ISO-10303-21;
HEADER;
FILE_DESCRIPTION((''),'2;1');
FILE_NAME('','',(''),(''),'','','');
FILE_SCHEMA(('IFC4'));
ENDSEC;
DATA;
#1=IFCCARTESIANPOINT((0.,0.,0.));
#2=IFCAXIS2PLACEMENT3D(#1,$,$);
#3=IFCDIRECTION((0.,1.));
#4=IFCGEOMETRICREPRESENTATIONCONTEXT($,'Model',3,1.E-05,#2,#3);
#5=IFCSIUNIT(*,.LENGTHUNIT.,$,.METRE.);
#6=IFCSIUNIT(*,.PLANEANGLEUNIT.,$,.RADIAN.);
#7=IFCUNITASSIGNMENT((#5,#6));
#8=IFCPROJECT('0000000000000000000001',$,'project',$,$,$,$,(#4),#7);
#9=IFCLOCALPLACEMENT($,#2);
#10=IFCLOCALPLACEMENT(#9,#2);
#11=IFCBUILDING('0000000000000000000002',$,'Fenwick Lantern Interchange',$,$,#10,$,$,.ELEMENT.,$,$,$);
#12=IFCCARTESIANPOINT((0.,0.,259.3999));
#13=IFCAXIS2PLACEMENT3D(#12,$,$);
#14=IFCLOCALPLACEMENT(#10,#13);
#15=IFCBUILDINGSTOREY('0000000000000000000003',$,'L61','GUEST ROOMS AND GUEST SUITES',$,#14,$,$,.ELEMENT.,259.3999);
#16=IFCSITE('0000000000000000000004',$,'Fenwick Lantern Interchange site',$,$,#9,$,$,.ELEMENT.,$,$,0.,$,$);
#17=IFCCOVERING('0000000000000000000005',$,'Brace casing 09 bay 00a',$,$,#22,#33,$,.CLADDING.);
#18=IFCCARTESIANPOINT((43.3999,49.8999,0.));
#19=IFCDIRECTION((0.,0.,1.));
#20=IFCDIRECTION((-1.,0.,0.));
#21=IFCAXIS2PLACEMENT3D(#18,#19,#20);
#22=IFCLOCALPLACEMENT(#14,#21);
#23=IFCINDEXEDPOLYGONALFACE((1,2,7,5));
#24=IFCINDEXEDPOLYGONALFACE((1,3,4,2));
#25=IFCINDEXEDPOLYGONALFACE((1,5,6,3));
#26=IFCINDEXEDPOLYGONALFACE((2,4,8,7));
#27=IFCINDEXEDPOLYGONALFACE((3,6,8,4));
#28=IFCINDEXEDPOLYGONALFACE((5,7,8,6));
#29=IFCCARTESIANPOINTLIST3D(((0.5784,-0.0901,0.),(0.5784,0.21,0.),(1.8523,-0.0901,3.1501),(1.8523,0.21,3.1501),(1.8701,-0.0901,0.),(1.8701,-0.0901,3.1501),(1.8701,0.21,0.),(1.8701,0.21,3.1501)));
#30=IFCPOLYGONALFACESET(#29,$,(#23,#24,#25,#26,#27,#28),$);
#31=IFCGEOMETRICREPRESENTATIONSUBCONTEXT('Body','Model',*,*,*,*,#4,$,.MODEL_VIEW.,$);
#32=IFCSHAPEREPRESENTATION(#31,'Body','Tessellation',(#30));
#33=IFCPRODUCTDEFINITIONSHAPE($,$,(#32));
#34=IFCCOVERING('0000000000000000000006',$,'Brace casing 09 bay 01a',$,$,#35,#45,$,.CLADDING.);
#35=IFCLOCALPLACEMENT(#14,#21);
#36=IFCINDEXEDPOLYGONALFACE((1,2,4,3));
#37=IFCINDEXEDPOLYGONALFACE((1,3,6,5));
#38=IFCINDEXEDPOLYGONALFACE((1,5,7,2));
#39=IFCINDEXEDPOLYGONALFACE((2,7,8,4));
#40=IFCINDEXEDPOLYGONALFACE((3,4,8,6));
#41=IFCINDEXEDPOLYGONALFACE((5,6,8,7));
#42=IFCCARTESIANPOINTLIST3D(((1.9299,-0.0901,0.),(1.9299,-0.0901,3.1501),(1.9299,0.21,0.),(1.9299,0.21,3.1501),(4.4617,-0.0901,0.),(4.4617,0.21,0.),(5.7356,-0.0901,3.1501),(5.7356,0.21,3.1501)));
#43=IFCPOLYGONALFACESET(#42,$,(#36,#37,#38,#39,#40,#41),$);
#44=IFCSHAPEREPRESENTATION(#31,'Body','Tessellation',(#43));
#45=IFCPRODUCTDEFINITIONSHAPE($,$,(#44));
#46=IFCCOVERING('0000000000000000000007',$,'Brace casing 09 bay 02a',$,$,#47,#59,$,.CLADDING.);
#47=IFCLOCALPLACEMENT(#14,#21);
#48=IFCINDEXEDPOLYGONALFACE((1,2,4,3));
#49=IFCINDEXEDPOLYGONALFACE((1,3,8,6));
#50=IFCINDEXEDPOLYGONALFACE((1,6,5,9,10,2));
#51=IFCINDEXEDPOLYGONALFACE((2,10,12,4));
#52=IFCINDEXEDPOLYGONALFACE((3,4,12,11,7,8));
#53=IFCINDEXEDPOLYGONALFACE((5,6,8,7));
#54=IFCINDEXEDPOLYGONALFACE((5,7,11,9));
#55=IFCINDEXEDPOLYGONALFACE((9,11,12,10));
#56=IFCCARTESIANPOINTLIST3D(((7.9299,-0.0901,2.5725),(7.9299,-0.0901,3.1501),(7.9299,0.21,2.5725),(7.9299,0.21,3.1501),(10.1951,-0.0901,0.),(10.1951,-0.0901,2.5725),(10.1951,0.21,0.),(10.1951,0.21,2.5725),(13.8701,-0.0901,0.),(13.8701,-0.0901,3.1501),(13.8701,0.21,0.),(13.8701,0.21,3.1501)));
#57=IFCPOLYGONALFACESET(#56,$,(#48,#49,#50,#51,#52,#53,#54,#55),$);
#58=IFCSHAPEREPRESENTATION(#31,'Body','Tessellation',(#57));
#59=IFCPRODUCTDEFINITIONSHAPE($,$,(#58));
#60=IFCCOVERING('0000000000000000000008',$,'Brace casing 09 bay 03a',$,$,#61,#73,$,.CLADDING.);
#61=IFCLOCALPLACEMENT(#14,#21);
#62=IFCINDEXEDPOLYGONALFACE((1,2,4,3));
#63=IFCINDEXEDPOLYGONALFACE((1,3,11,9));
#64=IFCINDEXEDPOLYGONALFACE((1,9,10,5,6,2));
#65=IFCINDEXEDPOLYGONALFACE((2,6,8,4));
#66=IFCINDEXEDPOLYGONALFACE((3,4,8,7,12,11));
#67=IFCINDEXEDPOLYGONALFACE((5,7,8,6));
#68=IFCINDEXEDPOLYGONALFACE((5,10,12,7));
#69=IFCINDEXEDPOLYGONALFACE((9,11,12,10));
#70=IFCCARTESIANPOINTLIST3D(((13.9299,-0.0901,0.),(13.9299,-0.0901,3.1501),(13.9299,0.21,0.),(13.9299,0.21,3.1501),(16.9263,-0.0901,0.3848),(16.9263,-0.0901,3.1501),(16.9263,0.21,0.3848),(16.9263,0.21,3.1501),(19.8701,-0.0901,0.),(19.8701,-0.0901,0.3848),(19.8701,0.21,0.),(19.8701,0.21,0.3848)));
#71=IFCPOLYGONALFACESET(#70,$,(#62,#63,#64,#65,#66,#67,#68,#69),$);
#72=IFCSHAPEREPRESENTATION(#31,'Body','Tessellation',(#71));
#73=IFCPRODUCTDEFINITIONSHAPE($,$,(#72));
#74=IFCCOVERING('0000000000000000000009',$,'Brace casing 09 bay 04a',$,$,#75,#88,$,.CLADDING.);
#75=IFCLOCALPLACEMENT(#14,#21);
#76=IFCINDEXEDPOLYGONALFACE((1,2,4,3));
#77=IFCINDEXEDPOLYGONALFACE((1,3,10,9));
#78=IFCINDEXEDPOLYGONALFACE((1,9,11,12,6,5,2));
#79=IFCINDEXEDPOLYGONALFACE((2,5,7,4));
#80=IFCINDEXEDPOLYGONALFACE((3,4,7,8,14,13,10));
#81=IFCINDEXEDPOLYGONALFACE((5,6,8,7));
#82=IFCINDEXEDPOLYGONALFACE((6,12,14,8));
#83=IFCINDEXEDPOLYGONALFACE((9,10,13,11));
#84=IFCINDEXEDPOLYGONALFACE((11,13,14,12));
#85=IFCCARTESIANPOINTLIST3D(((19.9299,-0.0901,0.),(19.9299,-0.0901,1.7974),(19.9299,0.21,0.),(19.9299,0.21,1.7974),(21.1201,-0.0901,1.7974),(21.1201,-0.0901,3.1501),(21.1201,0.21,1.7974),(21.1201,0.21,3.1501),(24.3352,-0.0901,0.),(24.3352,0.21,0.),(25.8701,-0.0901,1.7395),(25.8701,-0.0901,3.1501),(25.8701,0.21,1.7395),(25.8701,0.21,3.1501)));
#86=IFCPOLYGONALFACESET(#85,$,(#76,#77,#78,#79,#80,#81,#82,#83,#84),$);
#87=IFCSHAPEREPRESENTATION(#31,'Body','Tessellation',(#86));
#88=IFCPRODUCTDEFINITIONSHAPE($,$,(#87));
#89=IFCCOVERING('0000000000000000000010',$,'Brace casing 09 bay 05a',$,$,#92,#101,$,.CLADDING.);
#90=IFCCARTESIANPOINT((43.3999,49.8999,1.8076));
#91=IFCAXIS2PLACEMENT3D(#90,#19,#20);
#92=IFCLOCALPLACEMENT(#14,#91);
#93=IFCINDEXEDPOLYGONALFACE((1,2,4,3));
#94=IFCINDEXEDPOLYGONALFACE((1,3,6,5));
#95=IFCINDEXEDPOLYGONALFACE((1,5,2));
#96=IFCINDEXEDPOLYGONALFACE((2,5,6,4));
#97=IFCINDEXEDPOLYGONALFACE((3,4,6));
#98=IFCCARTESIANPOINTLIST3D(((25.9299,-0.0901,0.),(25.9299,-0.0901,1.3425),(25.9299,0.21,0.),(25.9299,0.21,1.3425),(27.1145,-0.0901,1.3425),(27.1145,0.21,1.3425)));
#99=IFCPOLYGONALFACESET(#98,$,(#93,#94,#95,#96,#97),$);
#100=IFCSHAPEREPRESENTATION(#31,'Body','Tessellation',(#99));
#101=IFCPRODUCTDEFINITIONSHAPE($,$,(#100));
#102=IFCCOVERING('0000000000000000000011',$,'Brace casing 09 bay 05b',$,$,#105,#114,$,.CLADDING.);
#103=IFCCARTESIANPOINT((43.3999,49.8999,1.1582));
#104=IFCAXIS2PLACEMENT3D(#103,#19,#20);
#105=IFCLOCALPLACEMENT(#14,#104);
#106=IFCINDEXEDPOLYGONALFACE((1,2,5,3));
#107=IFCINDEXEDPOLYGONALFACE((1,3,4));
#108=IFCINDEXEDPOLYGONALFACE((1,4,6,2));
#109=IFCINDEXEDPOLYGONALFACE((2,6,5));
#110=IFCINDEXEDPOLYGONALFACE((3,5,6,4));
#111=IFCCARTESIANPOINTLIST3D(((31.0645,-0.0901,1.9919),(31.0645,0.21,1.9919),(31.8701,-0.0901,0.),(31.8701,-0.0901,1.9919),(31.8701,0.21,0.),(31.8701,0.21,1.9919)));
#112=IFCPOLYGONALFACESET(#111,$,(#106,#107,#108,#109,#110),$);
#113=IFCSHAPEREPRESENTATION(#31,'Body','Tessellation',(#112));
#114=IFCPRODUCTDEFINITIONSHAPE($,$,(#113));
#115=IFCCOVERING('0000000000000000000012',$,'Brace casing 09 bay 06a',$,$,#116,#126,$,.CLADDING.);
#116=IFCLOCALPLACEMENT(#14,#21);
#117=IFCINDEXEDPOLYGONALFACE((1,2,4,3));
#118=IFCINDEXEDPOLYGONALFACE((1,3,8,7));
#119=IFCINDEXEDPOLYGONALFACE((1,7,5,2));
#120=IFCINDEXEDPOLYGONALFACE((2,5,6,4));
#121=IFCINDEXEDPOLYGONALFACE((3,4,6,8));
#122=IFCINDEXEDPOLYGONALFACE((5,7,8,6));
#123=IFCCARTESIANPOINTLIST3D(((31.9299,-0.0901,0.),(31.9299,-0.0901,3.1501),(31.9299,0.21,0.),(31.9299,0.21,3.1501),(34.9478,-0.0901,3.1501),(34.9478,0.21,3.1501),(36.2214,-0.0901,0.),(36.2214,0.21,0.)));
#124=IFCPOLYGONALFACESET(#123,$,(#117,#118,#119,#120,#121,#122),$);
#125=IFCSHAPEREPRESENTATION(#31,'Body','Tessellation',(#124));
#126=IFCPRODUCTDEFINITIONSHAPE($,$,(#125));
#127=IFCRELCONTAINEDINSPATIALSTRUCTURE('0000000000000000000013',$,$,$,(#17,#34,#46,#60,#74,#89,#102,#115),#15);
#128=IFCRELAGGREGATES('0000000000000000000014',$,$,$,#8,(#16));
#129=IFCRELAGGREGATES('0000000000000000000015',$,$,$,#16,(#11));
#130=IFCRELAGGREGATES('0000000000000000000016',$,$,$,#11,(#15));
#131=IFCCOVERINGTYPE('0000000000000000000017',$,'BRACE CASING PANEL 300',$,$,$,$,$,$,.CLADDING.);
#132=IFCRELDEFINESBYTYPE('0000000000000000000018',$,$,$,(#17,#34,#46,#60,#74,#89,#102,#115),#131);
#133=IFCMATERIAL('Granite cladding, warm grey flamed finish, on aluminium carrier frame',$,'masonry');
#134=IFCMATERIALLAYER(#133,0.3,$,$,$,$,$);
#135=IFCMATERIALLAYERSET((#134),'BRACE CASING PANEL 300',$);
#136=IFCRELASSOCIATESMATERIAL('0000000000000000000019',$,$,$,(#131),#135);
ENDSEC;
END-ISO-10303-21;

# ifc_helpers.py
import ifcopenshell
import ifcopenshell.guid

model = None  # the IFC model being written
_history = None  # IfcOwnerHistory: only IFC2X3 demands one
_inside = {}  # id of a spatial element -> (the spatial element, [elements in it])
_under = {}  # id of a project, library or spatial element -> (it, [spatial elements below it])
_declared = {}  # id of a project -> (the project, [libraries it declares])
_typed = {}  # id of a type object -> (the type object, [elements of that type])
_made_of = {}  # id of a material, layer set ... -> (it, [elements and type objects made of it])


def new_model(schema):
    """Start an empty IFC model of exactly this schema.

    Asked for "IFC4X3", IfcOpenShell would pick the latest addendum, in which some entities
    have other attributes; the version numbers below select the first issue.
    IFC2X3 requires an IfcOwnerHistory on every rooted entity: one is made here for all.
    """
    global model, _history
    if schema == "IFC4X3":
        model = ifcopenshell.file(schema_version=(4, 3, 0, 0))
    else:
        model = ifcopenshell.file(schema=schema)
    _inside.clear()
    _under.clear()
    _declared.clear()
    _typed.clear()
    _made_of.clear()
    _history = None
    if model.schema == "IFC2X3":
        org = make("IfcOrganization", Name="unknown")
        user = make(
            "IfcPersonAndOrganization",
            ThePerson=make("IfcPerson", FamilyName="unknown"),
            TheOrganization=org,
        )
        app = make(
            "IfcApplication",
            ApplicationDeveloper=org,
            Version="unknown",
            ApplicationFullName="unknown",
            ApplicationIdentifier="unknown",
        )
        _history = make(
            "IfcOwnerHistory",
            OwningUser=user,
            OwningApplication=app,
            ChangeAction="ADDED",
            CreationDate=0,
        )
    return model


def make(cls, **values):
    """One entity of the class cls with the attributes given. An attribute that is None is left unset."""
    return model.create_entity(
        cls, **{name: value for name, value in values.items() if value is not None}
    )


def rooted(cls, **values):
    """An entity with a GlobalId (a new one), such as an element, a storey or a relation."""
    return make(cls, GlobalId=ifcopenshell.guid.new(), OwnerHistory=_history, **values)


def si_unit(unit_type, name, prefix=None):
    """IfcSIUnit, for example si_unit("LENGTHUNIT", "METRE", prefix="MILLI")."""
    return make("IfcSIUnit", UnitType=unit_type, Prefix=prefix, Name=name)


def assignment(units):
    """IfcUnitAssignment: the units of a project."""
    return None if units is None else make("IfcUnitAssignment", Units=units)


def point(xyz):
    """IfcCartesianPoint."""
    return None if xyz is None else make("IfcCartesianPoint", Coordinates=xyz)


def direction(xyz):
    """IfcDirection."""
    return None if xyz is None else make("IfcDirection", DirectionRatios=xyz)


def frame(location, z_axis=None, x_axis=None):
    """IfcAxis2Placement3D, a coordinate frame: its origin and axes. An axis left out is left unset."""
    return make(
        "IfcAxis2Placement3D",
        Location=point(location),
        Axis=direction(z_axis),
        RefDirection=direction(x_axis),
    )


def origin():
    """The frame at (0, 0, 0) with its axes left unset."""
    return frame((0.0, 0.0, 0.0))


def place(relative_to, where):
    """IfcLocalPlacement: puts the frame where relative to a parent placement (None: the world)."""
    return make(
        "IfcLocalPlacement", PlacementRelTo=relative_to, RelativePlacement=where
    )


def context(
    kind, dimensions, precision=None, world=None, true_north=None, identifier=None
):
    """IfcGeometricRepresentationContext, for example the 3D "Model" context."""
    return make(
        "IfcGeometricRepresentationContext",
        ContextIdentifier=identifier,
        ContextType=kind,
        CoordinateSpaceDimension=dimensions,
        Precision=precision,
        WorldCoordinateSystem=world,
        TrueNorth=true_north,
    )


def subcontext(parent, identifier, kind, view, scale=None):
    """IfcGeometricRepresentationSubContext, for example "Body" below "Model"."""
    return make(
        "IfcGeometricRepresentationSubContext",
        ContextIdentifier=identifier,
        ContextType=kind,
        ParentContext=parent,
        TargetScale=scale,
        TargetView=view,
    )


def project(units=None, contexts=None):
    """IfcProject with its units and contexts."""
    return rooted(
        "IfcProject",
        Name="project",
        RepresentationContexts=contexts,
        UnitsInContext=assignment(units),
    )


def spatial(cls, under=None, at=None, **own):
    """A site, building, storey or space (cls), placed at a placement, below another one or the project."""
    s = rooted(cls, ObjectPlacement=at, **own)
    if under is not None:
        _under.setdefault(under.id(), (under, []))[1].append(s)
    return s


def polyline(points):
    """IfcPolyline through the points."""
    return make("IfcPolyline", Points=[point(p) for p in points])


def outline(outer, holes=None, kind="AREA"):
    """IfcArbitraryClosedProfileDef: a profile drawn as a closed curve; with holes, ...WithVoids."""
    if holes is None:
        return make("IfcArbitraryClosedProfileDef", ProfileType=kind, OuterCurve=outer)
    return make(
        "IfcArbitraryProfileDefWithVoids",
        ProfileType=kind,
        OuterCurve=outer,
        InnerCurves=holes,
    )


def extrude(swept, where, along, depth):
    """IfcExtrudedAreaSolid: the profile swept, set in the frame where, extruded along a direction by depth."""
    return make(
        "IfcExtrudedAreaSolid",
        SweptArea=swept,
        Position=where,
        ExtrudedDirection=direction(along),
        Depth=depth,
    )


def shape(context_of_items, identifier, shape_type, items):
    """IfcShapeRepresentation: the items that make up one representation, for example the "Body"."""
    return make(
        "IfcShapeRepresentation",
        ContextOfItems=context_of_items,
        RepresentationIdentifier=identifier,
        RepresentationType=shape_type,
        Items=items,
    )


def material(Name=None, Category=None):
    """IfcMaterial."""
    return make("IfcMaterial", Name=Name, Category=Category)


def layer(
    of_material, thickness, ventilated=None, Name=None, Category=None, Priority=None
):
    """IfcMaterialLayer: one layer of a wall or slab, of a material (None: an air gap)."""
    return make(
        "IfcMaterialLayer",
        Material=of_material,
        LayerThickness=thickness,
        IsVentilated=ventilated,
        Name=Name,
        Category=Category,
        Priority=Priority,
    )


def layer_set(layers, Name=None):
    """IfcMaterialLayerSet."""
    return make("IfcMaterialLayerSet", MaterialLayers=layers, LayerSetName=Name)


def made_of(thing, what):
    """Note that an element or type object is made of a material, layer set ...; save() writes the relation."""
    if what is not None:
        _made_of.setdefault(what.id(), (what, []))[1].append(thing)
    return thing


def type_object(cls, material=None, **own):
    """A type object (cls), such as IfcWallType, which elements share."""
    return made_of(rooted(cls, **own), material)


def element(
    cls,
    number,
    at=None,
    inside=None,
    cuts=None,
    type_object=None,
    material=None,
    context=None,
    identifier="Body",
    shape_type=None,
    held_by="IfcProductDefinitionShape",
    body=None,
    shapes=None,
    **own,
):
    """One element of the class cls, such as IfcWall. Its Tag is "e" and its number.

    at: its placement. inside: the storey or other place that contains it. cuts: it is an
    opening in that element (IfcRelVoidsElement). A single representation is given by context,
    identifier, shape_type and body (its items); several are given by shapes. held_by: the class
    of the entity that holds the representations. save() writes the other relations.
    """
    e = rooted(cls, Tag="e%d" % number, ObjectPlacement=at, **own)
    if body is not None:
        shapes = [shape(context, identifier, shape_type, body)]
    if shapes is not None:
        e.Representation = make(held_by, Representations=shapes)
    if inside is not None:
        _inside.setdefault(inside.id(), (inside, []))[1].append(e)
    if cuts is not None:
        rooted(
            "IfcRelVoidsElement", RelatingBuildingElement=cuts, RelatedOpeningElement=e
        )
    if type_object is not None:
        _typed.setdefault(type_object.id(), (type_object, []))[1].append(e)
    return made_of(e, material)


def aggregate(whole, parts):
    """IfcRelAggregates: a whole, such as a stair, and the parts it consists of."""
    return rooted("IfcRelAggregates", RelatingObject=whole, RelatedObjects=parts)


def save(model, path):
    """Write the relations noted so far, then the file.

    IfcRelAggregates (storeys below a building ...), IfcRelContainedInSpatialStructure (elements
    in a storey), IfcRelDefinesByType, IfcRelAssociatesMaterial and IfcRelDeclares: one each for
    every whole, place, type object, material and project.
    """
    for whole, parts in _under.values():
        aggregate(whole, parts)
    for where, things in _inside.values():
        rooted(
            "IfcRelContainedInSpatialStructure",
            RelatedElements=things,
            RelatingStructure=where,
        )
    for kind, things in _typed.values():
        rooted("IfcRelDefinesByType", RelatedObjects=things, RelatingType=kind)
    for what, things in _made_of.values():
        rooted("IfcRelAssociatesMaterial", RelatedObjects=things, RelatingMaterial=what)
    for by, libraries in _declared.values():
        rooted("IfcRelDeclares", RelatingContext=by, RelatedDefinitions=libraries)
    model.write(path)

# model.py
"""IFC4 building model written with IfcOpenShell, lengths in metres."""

from ifc_helpers import new_model, si_unit, direction, frame, origin, place, context, subcontext, project, spatial, polyline, outline, extrude, material, layer, layer_set, type_object, element, save


model = new_model("IFC4")

# Units and contexts
model_context = context("Model", 3, precision=1e-05, world=origin(), true_north=direction((0.0, 1.0)))
body_context = subcontext(model_context, "Body", "Model", "MODEL_VIEW")
ifc_project = project(units=[si_unit("LENGTHUNIT", "METRE"), si_unit("PLANEANGLEUNIT", "RADIAN")], contexts=[model_context])

# Site, building, storey
site_placement = place(None, origin())
site = spatial("IfcSite", under=ifc_project, at=site_placement, Name="Fenwick Lantern Interchange site", CompositionType="ELEMENT", RefElevation=0.0)
building_placement = place(site_placement, origin())
building = spatial("IfcBuilding", under=site, at=building_placement, Name="Fenwick Lantern Interchange", CompositionType="ELEMENT")
storey_placement = place(building_placement, frame((0.0, 0.0, 259.3999)))
storey = spatial("IfcBuildingStorey", under=building, at=storey_placement, Name="L61", Description="GUEST ROOMS AND GUEST SUITES", CompositionType="ELEMENT", Elevation=259.3999)

# Coverings
ifc_material_1 = material(Name="Granite cladding, warm grey flamed finish, on aluminium carrier frame", Category="masonry")
ifc_layer_1 = layer(ifc_material_1, 0.3)
ifc_layer_set_1 = layer_set([ifc_layer_1], Name="BRACE CASING PANEL 300")
covering_type = type_object("IfcCoveringType", Name="BRACE CASING PANEL 300", PredefinedType="CLADDING", material=ifc_layer_set_1)
covering_1_placement = place(storey_placement, frame((43.3999, 49.8999, 0.0), z_axis=(0.0, 0.0, 1.0), x_axis=(-1.0, 0.0, 0.0)))
element("IfcCovering", 1, at=covering_1_placement, inside=storey, type_object=covering_type, Name="Brace casing 09 bay 00a", PredefinedType="CLADDING", context=body_context, shape_type="SweptSolid", body=[
    extrude(outline(polyline([(0.5784, 0.0), (1.8701, 0.0), (1.8701, 3.1501), (1.8523, 3.1501), (0.5784, 0.0)])), frame((0.0, 0.21, 0.0), z_axis=(0.0, -1.0, 0.0), x_axis=(1.0, 0.0, 0.0)), (0.0, 0.0, 1.0), 0.3),
])
covering_2_placement = place(storey_placement, frame((43.3999, 49.8999, 0.0), z_axis=(0.0, 0.0, 1.0), x_axis=(-1.0, 0.0, 0.0)))
element("IfcCovering", 2, at=covering_2_placement, inside=storey, type_object=covering_type, Name="Brace casing 09 bay 01a", PredefinedType="CLADDING", context=body_context, shape_type="SweptSolid", body=[
    extrude(outline(polyline([(1.9299, 0.0), (4.4617, 0.0), (5.7356, 3.1501), (1.9299, 3.1501), (1.9299, 0.0)])), frame((0.0, 0.21, 0.0), z_axis=(0.0, -1.0, 0.0), x_axis=(1.0, 0.0, 0.0)), (0.0, 0.0, 1.0), 0.3),
])
covering_3_placement = place(storey_placement, frame((43.3999, 49.8999, 0.0), z_axis=(0.0, 0.0, 1.0), x_axis=(-1.0, 0.0, 0.0)))
element("IfcCovering", 3, at=covering_3_placement, inside=storey, type_object=covering_type, Name="Brace casing 09 bay 02a", PredefinedType="CLADDING", context=body_context, shape_type="SweptSolid", body=[
    extrude(outline(polyline([(10.1951, 0.0), (13.8701, 0.0), (13.8701, 3.1501), (7.9299, 3.1501), (7.9299, 2.5725), (10.1951, 2.5725), (10.1951, 0.0)])), frame((0.0, 0.21, 0.0), z_axis=(0.0, -1.0, 0.0), x_axis=(1.0, 0.0, 0.0)), (0.0, 0.0, 1.0), 0.3),
])
covering_4_placement = place(storey_placement, frame((43.3999, 49.8999, 0.0), z_axis=(0.0, 0.0, 1.0), x_axis=(-1.0, 0.0, 0.0)))
element("IfcCovering", 4, at=covering_4_placement, inside=storey, type_object=covering_type, Name="Brace casing 09 bay 03a", PredefinedType="CLADDING", context=body_context, shape_type="SweptSolid", body=[
    extrude(outline(polyline([(13.9299, 0.0), (19.8701, 0.0), (19.8701, 0.3848), (16.9263, 0.3848), (16.9263, 3.1501), (13.9299, 3.1501), (13.9299, 0.0)])), frame((0.0, 0.21, 0.0), z_axis=(0.0, -1.0, 0.0), x_axis=(1.0, 0.0, 0.0)), (0.0, 0.0, 1.0), 0.3),
])
covering_5_placement = place(storey_placement, frame((43.3999, 49.8999, 0.0), z_axis=(0.0, 0.0, 1.0), x_axis=(-1.0, 0.0, 0.0)))
element("IfcCovering", 5, at=covering_5_placement, inside=storey, type_object=covering_type, Name="Brace casing 09 bay 04a", PredefinedType="CLADDING", context=body_context, shape_type="SweptSolid", body=[
    extrude(outline(polyline([(19.9299, 0.0), (24.3352, 0.0), (25.8701, 1.7395), (25.8701, 3.1501), (21.1201, 3.1501), (21.1201, 1.7974), (19.9299, 1.7974), (19.9299, 0.0)])), frame((0.0, 0.21, 0.0), z_axis=(0.0, -1.0, 0.0), x_axis=(1.0, 0.0, 0.0)), (0.0, 0.0, 1.0), 0.3),
])
covering_6_placement = place(storey_placement, frame((43.3999, 49.8999, 1.8076), z_axis=(0.0, 0.0, 1.0), x_axis=(-1.0, 0.0, 0.0)))
element("IfcCovering", 6, at=covering_6_placement, inside=storey, type_object=covering_type, Name="Brace casing 09 bay 05a", PredefinedType="CLADDING", context=body_context, shape_type="SweptSolid", body=[
    extrude(outline(polyline([(25.9299, 0.0), (27.1145, 1.3425), (25.9299, 1.3425), (25.9299, 0.0)])), frame((0.0, 0.21, 0.0), z_axis=(0.0, -1.0, 0.0), x_axis=(1.0, 0.0, 0.0)), (0.0, 0.0, 1.0), 0.3),
])
covering_7_placement = place(storey_placement, frame((43.3999, 49.8999, 1.1582), z_axis=(0.0, 0.0, 1.0), x_axis=(-1.0, 0.0, 0.0)))
element("IfcCovering", 7, at=covering_7_placement, inside=storey, type_object=covering_type, Name="Brace casing 09 bay 05b", PredefinedType="CLADDING", context=body_context, shape_type="SweptSolid", body=[
    extrude(outline(polyline([(31.8701, 0.0), (31.8701, 1.9919), (31.0645, 1.9919), (31.8701, 0.0)])), frame((0.0, 0.21, 0.0), z_axis=(0.0, -1.0, 0.0), x_axis=(1.0, 0.0, 0.0)), (0.0, 0.0, 1.0), 0.3),
])
covering_8_placement = place(storey_placement, frame((43.3999, 49.8999, 0.0), z_axis=(0.0, 0.0, 1.0), x_axis=(-1.0, 0.0, 0.0)))
element("IfcCovering", 8, at=covering_8_placement, inside=storey, type_object=covering_type, Name="Brace casing 09 bay 06a", PredefinedType="CLADDING", context=body_context, shape_type="SweptSolid", body=[
    extrude(outline(polyline([(31.9299, 0.0), (36.2214, 0.0), (34.9478, 3.1501), (31.9299, 3.1501), (31.9299, 0.0)])), frame((0.0, 0.21, 0.0), z_axis=(0.0, -1.0, 0.0), x_axis=(1.0, 0.0, 0.0)), (0.0, 0.0, 1.0), 0.3),
])

save(model, "model.ifc")
